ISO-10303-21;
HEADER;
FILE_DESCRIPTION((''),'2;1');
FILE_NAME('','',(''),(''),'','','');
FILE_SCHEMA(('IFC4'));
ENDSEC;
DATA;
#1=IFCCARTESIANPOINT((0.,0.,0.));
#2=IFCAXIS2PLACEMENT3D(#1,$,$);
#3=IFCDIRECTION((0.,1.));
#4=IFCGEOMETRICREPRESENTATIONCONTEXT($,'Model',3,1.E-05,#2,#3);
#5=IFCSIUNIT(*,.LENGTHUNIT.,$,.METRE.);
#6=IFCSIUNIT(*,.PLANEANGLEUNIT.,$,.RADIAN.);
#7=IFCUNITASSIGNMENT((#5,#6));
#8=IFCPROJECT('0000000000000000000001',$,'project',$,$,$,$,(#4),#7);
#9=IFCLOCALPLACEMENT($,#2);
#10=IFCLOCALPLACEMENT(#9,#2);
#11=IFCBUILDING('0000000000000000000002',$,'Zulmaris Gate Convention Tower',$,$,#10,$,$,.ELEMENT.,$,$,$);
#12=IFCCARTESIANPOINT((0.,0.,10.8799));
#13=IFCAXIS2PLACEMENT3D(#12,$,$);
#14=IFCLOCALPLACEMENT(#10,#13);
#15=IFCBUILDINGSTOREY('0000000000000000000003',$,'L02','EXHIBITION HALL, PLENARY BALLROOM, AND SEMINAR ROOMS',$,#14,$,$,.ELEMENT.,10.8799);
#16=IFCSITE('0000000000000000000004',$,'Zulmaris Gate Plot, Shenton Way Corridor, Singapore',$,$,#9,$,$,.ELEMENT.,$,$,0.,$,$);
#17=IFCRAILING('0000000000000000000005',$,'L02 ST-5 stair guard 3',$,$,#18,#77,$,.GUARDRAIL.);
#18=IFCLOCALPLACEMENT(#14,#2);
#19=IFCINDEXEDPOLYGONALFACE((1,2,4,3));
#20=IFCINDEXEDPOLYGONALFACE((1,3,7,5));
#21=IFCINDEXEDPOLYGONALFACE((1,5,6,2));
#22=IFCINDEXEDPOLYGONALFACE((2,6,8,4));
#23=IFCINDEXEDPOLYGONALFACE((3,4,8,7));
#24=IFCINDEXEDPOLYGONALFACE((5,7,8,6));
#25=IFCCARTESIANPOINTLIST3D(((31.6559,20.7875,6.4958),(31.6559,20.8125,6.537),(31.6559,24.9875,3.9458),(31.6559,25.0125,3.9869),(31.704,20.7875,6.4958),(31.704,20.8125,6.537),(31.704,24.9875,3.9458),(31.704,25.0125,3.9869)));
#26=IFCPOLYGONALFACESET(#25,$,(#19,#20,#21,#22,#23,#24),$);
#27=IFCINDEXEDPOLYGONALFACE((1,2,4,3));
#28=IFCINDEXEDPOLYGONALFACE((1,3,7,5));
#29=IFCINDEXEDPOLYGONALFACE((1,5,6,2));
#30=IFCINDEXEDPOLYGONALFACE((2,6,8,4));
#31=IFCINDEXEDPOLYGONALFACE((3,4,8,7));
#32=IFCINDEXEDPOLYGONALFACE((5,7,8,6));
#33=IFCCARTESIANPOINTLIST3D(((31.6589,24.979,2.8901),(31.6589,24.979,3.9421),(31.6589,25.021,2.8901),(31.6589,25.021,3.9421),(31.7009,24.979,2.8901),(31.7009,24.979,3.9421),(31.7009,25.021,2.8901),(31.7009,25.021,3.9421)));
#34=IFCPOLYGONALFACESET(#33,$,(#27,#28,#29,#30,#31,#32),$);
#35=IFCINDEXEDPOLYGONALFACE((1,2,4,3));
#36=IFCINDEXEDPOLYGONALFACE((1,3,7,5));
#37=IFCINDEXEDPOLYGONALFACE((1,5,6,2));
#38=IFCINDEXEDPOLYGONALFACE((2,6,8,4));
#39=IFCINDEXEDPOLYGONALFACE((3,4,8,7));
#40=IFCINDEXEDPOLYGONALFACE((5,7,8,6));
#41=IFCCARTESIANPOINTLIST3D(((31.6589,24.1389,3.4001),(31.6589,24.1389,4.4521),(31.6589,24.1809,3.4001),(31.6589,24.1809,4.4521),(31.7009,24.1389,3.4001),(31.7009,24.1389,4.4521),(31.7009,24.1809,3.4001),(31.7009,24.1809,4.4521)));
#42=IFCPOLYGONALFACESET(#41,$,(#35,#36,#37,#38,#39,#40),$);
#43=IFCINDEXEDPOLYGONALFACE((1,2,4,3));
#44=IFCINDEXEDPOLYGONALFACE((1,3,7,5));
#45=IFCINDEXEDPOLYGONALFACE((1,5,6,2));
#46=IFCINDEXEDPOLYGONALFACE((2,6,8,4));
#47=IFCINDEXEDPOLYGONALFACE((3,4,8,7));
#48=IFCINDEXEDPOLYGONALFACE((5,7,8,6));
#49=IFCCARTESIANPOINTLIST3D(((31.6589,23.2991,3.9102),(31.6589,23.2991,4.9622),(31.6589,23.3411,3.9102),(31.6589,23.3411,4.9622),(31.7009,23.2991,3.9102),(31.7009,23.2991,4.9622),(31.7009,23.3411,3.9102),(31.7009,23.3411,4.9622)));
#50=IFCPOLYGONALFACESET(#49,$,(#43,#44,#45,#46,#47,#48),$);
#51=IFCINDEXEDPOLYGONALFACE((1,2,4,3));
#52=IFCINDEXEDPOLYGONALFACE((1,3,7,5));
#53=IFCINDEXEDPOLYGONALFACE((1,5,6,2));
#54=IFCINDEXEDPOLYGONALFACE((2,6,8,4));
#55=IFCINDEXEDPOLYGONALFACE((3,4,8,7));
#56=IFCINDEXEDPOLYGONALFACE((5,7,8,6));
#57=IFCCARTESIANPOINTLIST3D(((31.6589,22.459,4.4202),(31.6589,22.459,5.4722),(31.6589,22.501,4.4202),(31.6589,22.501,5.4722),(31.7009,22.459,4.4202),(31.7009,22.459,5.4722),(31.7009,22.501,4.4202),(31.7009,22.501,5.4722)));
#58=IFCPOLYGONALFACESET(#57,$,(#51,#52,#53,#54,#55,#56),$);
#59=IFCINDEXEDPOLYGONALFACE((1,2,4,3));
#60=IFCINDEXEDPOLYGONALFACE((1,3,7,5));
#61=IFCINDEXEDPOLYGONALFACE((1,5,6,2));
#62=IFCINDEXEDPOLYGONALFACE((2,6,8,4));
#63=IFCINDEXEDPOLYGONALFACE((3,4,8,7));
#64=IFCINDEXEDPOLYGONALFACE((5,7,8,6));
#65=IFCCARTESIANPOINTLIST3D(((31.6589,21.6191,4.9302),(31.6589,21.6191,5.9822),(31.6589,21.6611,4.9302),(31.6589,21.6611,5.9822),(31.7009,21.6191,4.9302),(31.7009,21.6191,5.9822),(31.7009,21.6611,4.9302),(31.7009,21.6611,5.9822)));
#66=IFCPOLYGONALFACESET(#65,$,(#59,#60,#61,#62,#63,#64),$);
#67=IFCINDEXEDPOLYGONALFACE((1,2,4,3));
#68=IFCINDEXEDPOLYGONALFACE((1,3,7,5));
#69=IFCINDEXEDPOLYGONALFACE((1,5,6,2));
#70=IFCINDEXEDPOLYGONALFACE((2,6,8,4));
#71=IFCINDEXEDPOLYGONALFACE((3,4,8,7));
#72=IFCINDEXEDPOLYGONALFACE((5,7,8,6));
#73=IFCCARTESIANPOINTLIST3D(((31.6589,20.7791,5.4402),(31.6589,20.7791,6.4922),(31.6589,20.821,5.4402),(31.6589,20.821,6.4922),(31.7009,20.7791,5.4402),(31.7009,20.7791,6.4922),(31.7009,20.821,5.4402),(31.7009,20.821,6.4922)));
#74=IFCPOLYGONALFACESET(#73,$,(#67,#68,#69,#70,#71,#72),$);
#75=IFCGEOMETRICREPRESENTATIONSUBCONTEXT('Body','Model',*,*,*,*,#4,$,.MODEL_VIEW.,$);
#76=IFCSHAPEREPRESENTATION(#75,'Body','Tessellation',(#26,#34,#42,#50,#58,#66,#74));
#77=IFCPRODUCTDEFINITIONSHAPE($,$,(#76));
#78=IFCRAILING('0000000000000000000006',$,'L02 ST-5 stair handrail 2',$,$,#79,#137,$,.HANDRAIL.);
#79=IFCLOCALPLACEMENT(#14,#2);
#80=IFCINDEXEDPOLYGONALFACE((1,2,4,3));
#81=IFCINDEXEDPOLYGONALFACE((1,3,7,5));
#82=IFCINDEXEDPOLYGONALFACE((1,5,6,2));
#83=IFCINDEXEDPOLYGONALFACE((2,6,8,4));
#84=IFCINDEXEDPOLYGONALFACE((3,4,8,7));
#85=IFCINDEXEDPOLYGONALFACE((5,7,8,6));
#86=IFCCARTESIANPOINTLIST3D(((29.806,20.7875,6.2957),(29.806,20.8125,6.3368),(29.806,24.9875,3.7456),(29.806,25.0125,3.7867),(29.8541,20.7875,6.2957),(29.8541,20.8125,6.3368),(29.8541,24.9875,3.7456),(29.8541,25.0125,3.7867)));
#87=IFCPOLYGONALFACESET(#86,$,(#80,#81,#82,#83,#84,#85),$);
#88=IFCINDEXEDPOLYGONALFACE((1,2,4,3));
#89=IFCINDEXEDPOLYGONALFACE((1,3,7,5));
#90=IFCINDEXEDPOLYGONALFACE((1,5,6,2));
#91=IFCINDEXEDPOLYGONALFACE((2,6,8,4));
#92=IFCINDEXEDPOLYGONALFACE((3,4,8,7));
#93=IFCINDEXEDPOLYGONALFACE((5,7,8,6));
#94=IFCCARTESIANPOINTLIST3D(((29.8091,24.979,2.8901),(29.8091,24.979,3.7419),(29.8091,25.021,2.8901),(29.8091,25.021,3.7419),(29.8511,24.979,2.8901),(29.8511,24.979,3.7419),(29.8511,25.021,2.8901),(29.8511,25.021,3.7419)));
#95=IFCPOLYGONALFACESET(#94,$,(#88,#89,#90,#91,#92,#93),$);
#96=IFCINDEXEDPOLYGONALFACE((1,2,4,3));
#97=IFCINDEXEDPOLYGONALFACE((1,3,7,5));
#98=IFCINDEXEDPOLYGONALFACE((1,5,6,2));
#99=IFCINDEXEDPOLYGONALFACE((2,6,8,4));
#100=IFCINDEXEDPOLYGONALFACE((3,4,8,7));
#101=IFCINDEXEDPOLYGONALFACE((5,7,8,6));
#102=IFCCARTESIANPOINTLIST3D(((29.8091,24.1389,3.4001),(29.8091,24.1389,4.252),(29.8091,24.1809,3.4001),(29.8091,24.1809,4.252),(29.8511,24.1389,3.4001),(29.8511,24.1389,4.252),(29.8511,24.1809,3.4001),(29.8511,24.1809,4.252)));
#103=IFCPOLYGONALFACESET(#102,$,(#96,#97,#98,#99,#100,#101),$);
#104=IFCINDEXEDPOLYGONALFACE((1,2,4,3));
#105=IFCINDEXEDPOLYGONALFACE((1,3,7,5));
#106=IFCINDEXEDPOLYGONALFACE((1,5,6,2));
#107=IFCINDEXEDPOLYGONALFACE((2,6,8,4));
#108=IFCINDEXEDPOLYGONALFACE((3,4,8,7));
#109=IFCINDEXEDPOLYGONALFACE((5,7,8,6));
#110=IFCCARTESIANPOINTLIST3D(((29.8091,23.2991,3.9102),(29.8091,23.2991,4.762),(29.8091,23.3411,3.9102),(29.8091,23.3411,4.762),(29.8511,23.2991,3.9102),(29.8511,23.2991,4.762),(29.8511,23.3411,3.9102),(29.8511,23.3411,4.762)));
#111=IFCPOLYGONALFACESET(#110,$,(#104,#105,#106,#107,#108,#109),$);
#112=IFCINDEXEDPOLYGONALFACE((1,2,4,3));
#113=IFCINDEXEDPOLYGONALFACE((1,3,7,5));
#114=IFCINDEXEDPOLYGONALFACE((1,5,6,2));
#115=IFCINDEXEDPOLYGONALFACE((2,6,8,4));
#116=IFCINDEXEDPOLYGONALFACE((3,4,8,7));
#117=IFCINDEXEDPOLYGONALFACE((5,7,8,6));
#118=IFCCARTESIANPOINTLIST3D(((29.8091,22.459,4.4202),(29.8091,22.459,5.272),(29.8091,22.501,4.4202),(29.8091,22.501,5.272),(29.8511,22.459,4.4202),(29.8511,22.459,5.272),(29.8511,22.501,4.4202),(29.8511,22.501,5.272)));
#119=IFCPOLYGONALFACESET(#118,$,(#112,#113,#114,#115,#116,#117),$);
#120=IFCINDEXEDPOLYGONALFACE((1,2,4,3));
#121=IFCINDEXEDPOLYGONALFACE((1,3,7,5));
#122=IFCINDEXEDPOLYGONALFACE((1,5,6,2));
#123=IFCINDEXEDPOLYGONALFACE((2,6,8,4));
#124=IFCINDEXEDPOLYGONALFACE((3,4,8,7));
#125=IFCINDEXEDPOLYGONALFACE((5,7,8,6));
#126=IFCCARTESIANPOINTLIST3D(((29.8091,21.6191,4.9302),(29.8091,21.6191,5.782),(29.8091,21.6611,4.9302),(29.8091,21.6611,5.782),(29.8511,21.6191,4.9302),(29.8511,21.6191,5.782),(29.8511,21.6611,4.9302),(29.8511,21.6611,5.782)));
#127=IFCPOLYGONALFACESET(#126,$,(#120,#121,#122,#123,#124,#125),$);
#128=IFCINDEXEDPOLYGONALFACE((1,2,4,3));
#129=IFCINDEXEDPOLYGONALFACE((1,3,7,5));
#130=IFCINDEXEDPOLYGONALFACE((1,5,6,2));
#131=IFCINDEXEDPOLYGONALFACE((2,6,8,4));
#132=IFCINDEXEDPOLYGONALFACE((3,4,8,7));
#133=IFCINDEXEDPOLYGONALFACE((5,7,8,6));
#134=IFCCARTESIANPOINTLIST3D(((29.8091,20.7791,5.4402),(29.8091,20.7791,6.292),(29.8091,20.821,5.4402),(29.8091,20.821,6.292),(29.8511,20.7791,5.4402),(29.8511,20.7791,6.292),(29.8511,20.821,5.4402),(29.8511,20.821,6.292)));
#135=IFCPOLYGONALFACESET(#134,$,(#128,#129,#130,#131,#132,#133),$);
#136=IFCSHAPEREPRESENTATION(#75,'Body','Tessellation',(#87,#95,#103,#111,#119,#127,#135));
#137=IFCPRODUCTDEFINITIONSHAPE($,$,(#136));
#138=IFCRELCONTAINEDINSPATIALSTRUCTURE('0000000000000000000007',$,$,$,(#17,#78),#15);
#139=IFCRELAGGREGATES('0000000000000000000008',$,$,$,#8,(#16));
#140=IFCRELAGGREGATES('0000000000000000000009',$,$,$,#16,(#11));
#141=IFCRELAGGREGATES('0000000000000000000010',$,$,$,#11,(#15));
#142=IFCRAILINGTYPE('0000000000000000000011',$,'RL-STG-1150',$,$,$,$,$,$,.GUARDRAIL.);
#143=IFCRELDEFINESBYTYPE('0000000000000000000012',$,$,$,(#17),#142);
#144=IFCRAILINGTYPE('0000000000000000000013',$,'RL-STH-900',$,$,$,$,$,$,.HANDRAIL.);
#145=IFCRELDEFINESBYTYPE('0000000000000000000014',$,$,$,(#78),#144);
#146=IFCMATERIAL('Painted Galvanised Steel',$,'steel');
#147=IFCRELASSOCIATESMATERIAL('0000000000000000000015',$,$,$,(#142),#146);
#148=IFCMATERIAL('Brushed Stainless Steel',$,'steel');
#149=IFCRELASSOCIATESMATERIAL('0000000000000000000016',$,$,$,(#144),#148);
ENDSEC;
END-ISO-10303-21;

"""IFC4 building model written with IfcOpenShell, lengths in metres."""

from ifc_helpers import new_model, si_unit, direction, frame, origin, origin_2d, place, context, subcontext, project, spatial, rectangle, extrude, material, type_object, element, save


model = new_model("IFC4")

# Units and contexts
model_context = context("Model", 3, precision=1e-05, world=origin(), true_north=direction((0.0, 1.0)))
body_context = subcontext(model_context, "Body", "Model", "MODEL_VIEW")
ifc_project = project(units=[si_unit("LENGTHUNIT", "METRE"), si_unit("PLANEANGLEUNIT", "RADIAN")], contexts=[model_context])

# Site, building, storey
site_placement = place(None, origin())
site = spatial("IfcSite", under=ifc_project, at=site_placement, Name="Zulmaris Gate Plot, Shenton Way Corridor, Singapore", CompositionType="ELEMENT", RefElevation=0.0)
building_placement = place(site_placement, origin())
building = spatial("IfcBuilding", under=site, at=building_placement, Name="Zulmaris Gate Convention Tower", CompositionType="ELEMENT")
storey_placement = place(building_placement, frame((0.0, 0.0, 10.8799)))
storey = spatial("IfcBuildingStorey", under=building, at=storey_placement, Name="L02", Description="EXHIBITION HALL, PLENARY BALLROOM, AND SEMINAR ROOMS", CompositionType="ELEMENT", Elevation=10.8799)

# Railings
ifc_material_1 = material(Name="Painted Galvanised Steel", Category="steel")
railing_type_1 = type_object("IfcRailingType", Name="RL-STG-1150", PredefinedType="GUARDRAIL", material=ifc_material_1)
railing_1_placement = place(storey_placement, frame((31.6799, 25.0, 2.8901)))
element("IfcRailing", 1, at=railing_1_placement, inside=storey, type_object=railing_type_1, Name="L02 ST-5 stair guard 3", PredefinedType="GUARDRAIL", context=body_context, shape_type="SweptSolid", body=[
    extrude(rectangle(XDim=0.0481, YDim=0.0481, at=origin_2d()), frame((0.0, 0.0, 1.0762), z_axis=(0.0, -0.85478, 0.51899), x_axis=(1.0, 0.0, 0.0)), (0.0, 0.0, 1.0), 4.9136),
    extrude(rectangle(XDim=0.042, YDim=0.042, at=origin_2d()), origin(), (0.0, 0.0, 1.0), 1.052),
    extrude(rectangle(XDim=0.042, YDim=0.042, at=origin_2d()), frame((0.0, -0.8401, 0.51)), (0.0, 0.0, 1.0), 1.052),
    extrude(rectangle(XDim=0.042, YDim=0.042, at=origin_2d()), frame((0.0, -1.6799, 1.02)), (0.0, 0.0, 1.0), 1.052),
    extrude(rectangle(XDim=0.042, YDim=0.042, at=origin_2d()), frame((0.0, -2.52, 1.53)), (0.0, 0.0, 1.0), 1.052),
    extrude(rectangle(XDim=0.042, YDim=0.042, at=origin_2d()), frame((0.0, -3.3599, 2.04)), (0.0, 0.0, 1.0), 1.052),
    extrude(rectangle(XDim=0.042, YDim=0.042, at=origin_2d()), frame((0.0, -4.2, 2.55)), (0.0, 0.0, 1.0), 1.052),
])
ifc_material_2 = material(Name="Brushed Stainless Steel", Category="steel")
railing_type_2 = type_object("IfcRailingType", Name="RL-STH-900", PredefinedType="HANDRAIL", material=ifc_material_2)
railing_2_placement = place(storey_placement, frame((29.8301, 25.0, 2.8901)))
element("IfcRailing", 2, at=railing_2_placement, inside=storey, type_object=railing_type_2, Name="L02 ST-5 stair handrail 2", PredefinedType="HANDRAIL", context=body_context, shape_type="SweptSolid", body=[
    extrude(rectangle(XDim=0.0481, YDim=0.0481, at=origin_2d()), frame((0.0, 0.0, 0.876), z_axis=(0.0, -0.85478, 0.51899), x_axis=(1.0, 0.0, 0.0)), (0.0, 0.0, 1.0), 4.9136),
    extrude(rectangle(XDim=0.042, YDim=0.042, at=origin_2d()), origin(), (0.0, 0.0, 1.0), 0.8518),
    extrude(rectangle(XDim=0.042, YDim=0.042, at=origin_2d()), frame((0.0, -0.8401, 0.51)), (0.0, 0.0, 1.0), 0.8518),
    extrude(rectangle(XDim=0.042, YDim=0.042, at=origin_2d()), frame((0.0, -1.6799, 1.02)), (0.0, 0.0, 1.0), 0.8518),
    extrude(rectangle(XDim=0.042, YDim=0.042, at=origin_2d()), frame((0.0, -2.52, 1.53)), (0.0, 0.0, 1.0), 0.8518),
    extrude(rectangle(XDim=0.042, YDim=0.042, at=origin_2d()), frame((0.0, -3.3599, 2.04)), (0.0, 0.0, 1.0), 0.8518),
    extrude(rectangle(XDim=0.042, YDim=0.042, at=origin_2d()), frame((0.0, -4.2, 2.55)), (0.0, 0.0, 1.0), 0.8518),
])

save(model, "model.ifc")
